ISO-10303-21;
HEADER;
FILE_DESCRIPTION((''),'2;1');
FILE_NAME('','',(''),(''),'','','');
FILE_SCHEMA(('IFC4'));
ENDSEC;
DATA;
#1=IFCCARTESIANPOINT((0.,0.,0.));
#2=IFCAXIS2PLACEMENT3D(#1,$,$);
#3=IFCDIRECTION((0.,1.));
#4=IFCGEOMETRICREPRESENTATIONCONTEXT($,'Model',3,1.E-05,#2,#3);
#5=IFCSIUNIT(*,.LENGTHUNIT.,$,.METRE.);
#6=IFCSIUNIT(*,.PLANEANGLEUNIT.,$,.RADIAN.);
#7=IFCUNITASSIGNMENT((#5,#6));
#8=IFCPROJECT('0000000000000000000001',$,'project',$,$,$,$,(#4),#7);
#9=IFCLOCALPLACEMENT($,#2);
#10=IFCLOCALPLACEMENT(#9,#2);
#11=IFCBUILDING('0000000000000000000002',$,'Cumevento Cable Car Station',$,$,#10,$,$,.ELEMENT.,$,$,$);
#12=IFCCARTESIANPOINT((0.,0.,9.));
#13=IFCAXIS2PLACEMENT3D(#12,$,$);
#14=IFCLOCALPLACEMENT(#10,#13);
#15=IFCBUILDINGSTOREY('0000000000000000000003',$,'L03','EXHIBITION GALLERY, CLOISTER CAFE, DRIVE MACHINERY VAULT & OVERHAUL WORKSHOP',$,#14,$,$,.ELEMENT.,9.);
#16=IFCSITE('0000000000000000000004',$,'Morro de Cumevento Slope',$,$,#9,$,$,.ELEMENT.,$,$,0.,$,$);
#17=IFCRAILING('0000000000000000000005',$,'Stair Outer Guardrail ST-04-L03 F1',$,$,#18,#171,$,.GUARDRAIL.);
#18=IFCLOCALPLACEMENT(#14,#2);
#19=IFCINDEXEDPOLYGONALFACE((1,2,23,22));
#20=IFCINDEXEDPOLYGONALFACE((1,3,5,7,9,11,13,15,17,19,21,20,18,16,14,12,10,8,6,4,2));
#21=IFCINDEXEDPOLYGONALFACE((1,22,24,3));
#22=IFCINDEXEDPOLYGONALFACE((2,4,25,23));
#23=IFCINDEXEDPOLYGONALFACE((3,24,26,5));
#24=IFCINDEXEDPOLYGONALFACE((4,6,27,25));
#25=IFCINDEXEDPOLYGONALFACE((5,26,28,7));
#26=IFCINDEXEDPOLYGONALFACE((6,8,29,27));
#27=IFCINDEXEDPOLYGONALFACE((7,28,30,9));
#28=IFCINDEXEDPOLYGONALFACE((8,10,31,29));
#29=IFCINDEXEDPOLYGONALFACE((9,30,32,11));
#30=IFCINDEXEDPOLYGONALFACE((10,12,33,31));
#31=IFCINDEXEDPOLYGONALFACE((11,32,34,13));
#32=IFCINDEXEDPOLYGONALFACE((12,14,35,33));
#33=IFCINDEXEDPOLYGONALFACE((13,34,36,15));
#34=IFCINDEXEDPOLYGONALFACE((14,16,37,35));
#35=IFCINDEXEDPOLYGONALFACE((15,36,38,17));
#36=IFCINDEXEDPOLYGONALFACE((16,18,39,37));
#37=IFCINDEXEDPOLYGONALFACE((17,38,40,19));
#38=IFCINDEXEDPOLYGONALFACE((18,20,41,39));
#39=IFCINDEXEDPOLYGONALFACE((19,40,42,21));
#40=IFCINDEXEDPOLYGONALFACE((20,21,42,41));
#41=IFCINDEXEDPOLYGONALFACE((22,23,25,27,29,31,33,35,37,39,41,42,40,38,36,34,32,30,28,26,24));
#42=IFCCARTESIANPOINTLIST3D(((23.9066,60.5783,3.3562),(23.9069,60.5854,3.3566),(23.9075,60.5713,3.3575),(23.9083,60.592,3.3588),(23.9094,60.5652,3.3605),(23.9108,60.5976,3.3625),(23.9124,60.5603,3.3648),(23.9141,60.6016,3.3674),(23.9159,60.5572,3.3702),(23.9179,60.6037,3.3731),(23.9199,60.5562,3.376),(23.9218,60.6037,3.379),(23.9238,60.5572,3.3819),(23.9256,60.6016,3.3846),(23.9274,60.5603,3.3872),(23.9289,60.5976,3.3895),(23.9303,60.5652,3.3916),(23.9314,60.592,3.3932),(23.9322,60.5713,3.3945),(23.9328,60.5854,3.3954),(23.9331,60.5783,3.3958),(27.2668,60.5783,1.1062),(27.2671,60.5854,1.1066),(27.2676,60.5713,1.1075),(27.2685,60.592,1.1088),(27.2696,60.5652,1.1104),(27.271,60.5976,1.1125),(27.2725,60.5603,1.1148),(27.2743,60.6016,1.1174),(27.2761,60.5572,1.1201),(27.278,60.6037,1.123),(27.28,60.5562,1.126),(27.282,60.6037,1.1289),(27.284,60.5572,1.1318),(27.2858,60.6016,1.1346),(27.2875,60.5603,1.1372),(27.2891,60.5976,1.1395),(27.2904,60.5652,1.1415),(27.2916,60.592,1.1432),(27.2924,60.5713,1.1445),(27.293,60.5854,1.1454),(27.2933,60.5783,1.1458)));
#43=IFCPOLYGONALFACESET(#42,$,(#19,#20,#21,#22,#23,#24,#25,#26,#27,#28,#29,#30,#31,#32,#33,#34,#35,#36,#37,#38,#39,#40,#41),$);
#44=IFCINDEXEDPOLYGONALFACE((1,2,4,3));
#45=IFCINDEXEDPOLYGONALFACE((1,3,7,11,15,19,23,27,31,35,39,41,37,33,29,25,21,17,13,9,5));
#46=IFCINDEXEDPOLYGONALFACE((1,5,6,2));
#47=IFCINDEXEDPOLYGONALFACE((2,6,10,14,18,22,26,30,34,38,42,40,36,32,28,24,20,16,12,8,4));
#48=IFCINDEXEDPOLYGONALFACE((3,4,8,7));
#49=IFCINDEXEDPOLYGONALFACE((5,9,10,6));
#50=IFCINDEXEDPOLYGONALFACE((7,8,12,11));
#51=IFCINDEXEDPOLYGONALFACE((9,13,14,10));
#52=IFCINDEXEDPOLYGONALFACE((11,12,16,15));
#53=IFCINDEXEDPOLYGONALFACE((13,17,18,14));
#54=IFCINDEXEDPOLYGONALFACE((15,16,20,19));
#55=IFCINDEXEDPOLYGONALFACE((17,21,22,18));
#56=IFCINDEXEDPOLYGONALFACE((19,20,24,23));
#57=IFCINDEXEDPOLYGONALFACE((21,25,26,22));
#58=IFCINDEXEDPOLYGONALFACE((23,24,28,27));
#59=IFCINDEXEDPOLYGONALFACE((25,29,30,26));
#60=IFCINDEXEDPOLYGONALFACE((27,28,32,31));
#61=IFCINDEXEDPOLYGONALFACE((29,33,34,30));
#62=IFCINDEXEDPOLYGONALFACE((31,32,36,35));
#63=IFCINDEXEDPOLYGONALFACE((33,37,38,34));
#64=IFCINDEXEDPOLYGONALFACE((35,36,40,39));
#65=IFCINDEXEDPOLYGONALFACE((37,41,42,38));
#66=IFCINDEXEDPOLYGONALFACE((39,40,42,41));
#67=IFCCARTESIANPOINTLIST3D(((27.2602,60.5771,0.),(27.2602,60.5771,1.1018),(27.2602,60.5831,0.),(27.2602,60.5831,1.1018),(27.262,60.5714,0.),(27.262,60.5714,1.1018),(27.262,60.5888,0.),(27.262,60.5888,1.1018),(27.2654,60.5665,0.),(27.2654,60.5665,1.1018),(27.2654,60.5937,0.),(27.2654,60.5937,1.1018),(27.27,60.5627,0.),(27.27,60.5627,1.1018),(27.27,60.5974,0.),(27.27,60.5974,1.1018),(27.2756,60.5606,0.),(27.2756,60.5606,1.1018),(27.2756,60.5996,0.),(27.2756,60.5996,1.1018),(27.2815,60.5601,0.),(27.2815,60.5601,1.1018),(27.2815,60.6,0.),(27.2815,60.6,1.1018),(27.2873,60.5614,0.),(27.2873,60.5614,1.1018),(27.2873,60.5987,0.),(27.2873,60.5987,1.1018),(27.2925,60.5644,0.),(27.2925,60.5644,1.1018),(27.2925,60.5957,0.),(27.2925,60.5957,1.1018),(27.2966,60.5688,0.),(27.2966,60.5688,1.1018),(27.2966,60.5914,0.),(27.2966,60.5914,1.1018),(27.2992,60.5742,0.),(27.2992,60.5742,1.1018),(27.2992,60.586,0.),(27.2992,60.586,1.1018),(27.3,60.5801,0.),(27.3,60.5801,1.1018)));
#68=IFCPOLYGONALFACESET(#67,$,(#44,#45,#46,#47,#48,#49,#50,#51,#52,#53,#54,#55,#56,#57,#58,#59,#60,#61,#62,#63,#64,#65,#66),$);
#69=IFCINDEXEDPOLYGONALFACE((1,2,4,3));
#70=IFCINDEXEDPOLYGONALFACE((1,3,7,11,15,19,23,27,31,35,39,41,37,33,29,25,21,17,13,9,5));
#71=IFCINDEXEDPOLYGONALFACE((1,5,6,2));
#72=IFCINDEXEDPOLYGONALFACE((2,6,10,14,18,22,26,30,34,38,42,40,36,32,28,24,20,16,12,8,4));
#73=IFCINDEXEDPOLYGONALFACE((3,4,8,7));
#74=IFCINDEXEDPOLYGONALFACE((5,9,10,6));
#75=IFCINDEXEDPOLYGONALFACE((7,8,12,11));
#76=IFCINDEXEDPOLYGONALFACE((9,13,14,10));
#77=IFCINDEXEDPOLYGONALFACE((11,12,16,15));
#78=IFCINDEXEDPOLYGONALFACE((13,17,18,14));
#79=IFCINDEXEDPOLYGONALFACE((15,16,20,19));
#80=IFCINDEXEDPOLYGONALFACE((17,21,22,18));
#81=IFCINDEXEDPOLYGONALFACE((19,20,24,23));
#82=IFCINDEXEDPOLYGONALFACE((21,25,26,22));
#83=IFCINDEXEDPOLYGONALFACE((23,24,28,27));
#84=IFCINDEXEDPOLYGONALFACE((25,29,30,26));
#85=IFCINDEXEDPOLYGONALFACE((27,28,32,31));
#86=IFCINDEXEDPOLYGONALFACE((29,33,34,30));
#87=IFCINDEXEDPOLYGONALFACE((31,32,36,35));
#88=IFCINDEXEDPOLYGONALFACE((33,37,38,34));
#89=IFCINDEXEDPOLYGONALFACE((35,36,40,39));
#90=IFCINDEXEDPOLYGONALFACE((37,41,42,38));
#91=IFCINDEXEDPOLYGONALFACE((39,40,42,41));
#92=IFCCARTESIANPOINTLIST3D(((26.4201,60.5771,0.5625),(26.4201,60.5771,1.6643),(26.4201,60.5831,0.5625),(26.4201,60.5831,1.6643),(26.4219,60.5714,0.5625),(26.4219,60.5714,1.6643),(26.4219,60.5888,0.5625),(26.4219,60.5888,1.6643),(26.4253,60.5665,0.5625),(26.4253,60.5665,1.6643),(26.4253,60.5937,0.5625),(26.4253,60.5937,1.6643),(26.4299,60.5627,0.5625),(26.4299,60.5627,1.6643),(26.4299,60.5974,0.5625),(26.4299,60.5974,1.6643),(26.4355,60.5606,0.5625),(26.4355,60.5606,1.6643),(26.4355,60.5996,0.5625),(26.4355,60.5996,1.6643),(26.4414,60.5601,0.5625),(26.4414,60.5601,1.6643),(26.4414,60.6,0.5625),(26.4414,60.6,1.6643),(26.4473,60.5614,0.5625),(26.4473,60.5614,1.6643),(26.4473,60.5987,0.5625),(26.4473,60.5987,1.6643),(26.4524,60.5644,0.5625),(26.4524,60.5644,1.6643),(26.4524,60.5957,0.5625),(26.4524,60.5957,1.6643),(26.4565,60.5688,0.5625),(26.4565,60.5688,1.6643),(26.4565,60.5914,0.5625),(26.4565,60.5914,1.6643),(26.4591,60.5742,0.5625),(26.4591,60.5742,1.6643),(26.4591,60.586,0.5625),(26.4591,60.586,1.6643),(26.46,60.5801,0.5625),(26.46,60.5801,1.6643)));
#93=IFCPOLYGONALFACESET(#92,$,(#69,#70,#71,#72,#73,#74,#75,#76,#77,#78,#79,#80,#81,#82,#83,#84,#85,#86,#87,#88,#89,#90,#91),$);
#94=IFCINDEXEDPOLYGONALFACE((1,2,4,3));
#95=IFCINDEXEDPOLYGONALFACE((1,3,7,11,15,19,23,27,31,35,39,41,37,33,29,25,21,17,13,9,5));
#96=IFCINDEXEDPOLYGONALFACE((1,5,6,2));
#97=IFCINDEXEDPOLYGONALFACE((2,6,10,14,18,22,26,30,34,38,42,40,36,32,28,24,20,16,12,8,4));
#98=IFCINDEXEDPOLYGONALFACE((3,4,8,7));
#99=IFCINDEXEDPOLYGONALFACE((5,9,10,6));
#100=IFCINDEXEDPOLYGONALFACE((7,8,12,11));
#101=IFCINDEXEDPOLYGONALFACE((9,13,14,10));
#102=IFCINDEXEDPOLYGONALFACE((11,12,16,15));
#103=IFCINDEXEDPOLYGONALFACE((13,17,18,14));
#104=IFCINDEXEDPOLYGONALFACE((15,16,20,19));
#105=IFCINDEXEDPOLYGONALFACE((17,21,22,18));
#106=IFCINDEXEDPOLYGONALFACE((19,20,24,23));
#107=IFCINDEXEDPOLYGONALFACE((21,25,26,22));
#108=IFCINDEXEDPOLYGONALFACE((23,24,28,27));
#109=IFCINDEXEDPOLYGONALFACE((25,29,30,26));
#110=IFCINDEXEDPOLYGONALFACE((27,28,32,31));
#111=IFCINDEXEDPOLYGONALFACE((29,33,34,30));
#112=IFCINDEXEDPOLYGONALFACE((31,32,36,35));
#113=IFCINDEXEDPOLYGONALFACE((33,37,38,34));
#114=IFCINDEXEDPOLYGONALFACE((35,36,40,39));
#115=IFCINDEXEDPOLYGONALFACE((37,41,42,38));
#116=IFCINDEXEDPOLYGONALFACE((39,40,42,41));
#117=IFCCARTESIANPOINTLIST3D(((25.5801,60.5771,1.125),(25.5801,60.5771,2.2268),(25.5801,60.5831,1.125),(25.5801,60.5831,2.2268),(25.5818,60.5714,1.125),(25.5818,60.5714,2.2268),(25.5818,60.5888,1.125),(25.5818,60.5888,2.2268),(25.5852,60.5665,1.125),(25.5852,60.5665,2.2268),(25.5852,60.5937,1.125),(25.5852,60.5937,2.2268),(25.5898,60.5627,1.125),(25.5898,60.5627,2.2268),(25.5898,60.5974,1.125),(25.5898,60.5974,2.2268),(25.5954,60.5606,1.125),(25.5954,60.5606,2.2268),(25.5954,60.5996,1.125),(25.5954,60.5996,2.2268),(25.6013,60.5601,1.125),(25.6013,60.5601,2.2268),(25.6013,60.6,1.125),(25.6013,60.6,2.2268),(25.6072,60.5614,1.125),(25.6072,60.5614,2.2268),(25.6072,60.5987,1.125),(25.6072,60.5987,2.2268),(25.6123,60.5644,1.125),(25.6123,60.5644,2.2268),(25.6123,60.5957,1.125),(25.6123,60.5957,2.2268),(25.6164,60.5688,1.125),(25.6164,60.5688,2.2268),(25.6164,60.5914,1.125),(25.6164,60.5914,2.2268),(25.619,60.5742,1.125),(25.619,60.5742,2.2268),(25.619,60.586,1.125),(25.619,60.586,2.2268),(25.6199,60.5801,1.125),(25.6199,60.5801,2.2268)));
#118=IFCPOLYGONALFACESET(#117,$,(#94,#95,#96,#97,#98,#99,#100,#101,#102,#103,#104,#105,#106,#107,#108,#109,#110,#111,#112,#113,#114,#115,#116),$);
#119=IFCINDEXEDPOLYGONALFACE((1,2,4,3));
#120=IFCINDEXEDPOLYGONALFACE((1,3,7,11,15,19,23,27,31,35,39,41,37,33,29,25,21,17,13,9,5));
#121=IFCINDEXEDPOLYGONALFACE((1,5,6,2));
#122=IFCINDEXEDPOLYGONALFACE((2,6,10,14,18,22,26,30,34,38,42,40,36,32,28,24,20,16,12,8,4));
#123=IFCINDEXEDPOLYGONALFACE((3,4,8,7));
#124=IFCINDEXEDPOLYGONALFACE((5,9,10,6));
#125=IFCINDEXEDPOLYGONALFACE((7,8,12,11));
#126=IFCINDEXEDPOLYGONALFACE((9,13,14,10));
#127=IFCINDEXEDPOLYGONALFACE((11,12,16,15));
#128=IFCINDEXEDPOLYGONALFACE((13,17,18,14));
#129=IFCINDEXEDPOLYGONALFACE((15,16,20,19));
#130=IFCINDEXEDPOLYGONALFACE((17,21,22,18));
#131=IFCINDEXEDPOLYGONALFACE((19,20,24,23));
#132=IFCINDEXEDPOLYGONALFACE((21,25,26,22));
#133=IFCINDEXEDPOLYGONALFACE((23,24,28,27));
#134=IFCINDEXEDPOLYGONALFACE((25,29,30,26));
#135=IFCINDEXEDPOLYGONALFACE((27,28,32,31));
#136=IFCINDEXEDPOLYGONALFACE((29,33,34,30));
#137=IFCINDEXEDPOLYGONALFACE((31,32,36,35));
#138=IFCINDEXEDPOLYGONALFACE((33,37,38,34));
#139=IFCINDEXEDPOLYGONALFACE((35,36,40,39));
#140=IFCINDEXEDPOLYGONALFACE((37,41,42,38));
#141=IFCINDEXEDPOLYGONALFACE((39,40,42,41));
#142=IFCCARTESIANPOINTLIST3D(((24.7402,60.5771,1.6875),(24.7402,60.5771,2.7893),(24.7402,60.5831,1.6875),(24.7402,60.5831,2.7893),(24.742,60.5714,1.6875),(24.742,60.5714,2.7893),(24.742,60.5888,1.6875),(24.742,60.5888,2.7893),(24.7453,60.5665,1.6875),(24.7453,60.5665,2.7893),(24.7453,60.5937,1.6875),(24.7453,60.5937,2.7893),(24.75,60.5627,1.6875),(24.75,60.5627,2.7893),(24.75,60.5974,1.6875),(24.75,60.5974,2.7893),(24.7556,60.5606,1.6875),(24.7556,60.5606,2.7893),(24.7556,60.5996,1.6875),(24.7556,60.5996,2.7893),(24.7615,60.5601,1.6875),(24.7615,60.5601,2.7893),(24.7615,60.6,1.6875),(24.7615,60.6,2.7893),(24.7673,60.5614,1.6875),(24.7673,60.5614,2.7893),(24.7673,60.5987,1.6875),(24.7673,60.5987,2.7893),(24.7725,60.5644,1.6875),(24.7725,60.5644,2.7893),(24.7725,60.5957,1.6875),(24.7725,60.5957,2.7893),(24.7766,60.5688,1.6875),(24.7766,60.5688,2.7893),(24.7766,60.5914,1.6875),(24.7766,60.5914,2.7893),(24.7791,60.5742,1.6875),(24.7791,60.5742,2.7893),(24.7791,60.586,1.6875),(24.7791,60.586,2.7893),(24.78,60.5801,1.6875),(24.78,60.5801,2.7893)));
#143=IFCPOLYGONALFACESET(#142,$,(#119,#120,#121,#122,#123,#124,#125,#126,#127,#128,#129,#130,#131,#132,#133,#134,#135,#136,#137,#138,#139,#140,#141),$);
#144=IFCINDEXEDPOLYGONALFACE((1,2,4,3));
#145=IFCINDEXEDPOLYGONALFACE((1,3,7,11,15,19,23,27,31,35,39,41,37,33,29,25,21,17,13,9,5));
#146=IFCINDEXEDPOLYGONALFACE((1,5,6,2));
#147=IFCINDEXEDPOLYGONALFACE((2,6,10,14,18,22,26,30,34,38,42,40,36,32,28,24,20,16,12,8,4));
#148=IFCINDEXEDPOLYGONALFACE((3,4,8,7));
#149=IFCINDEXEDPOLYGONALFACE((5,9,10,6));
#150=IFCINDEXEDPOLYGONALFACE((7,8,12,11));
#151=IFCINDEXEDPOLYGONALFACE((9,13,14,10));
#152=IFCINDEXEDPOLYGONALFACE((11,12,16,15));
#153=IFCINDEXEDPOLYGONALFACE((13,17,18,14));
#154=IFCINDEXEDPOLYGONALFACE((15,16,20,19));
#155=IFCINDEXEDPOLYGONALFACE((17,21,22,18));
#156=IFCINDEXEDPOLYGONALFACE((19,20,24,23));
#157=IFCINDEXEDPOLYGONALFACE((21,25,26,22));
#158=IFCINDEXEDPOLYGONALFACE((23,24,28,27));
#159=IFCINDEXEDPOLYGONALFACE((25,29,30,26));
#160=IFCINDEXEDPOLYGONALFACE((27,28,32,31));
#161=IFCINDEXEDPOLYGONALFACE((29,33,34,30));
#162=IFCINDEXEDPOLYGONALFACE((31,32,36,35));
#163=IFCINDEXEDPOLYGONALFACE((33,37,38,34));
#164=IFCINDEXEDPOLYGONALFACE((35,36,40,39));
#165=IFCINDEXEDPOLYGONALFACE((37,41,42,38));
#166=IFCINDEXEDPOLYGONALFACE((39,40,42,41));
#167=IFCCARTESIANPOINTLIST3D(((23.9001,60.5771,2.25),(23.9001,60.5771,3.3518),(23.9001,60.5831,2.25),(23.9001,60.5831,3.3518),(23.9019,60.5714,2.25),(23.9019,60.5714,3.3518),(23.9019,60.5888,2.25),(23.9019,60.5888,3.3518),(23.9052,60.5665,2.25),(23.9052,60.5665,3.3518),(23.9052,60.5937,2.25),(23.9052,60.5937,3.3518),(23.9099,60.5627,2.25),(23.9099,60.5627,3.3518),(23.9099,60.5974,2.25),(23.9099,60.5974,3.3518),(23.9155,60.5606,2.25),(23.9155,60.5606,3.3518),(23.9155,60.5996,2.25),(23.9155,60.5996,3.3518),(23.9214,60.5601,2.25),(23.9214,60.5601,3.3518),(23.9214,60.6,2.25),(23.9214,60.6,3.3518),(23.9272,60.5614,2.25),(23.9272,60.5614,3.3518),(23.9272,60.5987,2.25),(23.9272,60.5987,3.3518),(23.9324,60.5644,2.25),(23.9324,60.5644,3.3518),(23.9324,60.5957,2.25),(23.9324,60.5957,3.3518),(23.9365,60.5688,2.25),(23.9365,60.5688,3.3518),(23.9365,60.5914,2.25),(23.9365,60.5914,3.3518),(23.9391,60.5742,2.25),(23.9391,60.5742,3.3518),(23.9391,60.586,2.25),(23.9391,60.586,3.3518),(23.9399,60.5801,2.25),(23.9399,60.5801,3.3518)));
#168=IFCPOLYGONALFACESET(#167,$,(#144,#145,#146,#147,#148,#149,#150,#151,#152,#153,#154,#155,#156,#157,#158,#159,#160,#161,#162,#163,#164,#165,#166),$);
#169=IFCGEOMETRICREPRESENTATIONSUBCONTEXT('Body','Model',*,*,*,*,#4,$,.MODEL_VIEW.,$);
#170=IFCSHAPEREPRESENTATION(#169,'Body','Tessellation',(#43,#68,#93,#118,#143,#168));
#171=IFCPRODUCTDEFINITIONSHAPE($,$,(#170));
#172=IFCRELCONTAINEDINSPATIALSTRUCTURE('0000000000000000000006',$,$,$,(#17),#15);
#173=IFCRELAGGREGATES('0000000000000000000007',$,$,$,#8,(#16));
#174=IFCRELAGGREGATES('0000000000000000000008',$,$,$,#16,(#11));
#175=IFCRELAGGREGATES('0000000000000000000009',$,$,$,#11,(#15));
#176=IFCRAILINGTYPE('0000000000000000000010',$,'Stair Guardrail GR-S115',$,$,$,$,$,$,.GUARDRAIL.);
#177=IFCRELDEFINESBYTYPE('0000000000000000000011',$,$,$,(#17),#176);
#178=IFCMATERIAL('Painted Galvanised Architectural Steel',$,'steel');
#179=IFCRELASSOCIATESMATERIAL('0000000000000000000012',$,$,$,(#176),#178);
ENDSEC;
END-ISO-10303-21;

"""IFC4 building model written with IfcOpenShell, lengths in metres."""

from ifc_helpers import new_model, si_unit, direction, frame, origin, origin_2d, place, context, subcontext, project, spatial, circle, extrude, material, type_object, element, save


model = new_model("IFC4")

# Units and contexts
model_context = context("Model", 3, precision=1e-05, world=origin(), true_north=direction((0.0, 1.0)))
body_context = subcontext(model_context, "Body", "Model", "MODEL_VIEW")
ifc_project = project(units=[si_unit("LENGTHUNIT", "METRE"), si_unit("PLANEANGLEUNIT", "RADIAN")], contexts=[model_context])

# Site, building, storey
site_placement = place(None, origin())
site = spatial("IfcSite", under=ifc_project, at=site_placement, Name="Morro de Cumevento Slope", CompositionType="ELEMENT", RefElevation=0.0)
building_placement = place(site_placement, origin())
building = spatial("IfcBuilding", under=site, at=building_placement, Name="Cumevento Cable Car Station", CompositionType="ELEMENT")
storey_placement = place(building_placement, frame((0.0, 0.0, 9.0)))
storey = spatial("IfcBuildingStorey", under=building, at=storey_placement, Name="L03", Description="EXHIBITION GALLERY, CLOISTER CAFE, DRIVE MACHINERY VAULT & OVERHAUL WORKSHOP", CompositionType="ELEMENT", Elevation=9.0)

# Railing
ifc_material_1 = material(Name="Painted Galvanised Architectural Steel", Category="steel")
railing_type_1 = type_object("IfcRailingType", Name="Stair Guardrail GR-S115", PredefinedType="GUARDRAIL", material=ifc_material_1)
railing_1_placement = place(storey_placement, frame((27.28, 60.5801, 0.0)))
element("IfcRailing", 1, at=railing_1_placement, inside=storey, type_object=railing_type_1, Name="Stair Outer Guardrail ST-04-L03 F1", PredefinedType="GUARDRAIL", context=body_context, shape_type="SweptSolid", body=[
    extrude(circle(Radius=0.0239, at=origin_2d()), frame((0.0, 0.0, 1.126), z_axis=(-0.830915, 0.0, 0.556399), x_axis=(0.0, -1.0, 0.0)), (0.0, 0.0, 1.0), 4.0439),
    extrude(circle(Radius=0.02, at=origin_2d()), origin(), (0.0, 0.0, 1.0), 1.1018),
    extrude(circle(Radius=0.02, at=origin_2d()), frame((-0.8401, 0.0, 0.5625)), (0.0, 0.0, 1.0), 1.1018),
    extrude(circle(Radius=0.02, at=origin_2d()), frame((-1.6802, 0.0, 1.125)), (0.0, 0.0, 1.0), 1.1018),
    extrude(circle(Radius=0.02, at=origin_2d()), frame((-2.52, 0.0, 1.6875)), (0.0, 0.0, 1.0), 1.1018),
    extrude(circle(Radius=0.02, at=origin_2d()), frame((-3.3601, 0.0, 2.25)), (0.0, 0.0, 1.0), 1.1018),
])

save(model, "model.ifc")
